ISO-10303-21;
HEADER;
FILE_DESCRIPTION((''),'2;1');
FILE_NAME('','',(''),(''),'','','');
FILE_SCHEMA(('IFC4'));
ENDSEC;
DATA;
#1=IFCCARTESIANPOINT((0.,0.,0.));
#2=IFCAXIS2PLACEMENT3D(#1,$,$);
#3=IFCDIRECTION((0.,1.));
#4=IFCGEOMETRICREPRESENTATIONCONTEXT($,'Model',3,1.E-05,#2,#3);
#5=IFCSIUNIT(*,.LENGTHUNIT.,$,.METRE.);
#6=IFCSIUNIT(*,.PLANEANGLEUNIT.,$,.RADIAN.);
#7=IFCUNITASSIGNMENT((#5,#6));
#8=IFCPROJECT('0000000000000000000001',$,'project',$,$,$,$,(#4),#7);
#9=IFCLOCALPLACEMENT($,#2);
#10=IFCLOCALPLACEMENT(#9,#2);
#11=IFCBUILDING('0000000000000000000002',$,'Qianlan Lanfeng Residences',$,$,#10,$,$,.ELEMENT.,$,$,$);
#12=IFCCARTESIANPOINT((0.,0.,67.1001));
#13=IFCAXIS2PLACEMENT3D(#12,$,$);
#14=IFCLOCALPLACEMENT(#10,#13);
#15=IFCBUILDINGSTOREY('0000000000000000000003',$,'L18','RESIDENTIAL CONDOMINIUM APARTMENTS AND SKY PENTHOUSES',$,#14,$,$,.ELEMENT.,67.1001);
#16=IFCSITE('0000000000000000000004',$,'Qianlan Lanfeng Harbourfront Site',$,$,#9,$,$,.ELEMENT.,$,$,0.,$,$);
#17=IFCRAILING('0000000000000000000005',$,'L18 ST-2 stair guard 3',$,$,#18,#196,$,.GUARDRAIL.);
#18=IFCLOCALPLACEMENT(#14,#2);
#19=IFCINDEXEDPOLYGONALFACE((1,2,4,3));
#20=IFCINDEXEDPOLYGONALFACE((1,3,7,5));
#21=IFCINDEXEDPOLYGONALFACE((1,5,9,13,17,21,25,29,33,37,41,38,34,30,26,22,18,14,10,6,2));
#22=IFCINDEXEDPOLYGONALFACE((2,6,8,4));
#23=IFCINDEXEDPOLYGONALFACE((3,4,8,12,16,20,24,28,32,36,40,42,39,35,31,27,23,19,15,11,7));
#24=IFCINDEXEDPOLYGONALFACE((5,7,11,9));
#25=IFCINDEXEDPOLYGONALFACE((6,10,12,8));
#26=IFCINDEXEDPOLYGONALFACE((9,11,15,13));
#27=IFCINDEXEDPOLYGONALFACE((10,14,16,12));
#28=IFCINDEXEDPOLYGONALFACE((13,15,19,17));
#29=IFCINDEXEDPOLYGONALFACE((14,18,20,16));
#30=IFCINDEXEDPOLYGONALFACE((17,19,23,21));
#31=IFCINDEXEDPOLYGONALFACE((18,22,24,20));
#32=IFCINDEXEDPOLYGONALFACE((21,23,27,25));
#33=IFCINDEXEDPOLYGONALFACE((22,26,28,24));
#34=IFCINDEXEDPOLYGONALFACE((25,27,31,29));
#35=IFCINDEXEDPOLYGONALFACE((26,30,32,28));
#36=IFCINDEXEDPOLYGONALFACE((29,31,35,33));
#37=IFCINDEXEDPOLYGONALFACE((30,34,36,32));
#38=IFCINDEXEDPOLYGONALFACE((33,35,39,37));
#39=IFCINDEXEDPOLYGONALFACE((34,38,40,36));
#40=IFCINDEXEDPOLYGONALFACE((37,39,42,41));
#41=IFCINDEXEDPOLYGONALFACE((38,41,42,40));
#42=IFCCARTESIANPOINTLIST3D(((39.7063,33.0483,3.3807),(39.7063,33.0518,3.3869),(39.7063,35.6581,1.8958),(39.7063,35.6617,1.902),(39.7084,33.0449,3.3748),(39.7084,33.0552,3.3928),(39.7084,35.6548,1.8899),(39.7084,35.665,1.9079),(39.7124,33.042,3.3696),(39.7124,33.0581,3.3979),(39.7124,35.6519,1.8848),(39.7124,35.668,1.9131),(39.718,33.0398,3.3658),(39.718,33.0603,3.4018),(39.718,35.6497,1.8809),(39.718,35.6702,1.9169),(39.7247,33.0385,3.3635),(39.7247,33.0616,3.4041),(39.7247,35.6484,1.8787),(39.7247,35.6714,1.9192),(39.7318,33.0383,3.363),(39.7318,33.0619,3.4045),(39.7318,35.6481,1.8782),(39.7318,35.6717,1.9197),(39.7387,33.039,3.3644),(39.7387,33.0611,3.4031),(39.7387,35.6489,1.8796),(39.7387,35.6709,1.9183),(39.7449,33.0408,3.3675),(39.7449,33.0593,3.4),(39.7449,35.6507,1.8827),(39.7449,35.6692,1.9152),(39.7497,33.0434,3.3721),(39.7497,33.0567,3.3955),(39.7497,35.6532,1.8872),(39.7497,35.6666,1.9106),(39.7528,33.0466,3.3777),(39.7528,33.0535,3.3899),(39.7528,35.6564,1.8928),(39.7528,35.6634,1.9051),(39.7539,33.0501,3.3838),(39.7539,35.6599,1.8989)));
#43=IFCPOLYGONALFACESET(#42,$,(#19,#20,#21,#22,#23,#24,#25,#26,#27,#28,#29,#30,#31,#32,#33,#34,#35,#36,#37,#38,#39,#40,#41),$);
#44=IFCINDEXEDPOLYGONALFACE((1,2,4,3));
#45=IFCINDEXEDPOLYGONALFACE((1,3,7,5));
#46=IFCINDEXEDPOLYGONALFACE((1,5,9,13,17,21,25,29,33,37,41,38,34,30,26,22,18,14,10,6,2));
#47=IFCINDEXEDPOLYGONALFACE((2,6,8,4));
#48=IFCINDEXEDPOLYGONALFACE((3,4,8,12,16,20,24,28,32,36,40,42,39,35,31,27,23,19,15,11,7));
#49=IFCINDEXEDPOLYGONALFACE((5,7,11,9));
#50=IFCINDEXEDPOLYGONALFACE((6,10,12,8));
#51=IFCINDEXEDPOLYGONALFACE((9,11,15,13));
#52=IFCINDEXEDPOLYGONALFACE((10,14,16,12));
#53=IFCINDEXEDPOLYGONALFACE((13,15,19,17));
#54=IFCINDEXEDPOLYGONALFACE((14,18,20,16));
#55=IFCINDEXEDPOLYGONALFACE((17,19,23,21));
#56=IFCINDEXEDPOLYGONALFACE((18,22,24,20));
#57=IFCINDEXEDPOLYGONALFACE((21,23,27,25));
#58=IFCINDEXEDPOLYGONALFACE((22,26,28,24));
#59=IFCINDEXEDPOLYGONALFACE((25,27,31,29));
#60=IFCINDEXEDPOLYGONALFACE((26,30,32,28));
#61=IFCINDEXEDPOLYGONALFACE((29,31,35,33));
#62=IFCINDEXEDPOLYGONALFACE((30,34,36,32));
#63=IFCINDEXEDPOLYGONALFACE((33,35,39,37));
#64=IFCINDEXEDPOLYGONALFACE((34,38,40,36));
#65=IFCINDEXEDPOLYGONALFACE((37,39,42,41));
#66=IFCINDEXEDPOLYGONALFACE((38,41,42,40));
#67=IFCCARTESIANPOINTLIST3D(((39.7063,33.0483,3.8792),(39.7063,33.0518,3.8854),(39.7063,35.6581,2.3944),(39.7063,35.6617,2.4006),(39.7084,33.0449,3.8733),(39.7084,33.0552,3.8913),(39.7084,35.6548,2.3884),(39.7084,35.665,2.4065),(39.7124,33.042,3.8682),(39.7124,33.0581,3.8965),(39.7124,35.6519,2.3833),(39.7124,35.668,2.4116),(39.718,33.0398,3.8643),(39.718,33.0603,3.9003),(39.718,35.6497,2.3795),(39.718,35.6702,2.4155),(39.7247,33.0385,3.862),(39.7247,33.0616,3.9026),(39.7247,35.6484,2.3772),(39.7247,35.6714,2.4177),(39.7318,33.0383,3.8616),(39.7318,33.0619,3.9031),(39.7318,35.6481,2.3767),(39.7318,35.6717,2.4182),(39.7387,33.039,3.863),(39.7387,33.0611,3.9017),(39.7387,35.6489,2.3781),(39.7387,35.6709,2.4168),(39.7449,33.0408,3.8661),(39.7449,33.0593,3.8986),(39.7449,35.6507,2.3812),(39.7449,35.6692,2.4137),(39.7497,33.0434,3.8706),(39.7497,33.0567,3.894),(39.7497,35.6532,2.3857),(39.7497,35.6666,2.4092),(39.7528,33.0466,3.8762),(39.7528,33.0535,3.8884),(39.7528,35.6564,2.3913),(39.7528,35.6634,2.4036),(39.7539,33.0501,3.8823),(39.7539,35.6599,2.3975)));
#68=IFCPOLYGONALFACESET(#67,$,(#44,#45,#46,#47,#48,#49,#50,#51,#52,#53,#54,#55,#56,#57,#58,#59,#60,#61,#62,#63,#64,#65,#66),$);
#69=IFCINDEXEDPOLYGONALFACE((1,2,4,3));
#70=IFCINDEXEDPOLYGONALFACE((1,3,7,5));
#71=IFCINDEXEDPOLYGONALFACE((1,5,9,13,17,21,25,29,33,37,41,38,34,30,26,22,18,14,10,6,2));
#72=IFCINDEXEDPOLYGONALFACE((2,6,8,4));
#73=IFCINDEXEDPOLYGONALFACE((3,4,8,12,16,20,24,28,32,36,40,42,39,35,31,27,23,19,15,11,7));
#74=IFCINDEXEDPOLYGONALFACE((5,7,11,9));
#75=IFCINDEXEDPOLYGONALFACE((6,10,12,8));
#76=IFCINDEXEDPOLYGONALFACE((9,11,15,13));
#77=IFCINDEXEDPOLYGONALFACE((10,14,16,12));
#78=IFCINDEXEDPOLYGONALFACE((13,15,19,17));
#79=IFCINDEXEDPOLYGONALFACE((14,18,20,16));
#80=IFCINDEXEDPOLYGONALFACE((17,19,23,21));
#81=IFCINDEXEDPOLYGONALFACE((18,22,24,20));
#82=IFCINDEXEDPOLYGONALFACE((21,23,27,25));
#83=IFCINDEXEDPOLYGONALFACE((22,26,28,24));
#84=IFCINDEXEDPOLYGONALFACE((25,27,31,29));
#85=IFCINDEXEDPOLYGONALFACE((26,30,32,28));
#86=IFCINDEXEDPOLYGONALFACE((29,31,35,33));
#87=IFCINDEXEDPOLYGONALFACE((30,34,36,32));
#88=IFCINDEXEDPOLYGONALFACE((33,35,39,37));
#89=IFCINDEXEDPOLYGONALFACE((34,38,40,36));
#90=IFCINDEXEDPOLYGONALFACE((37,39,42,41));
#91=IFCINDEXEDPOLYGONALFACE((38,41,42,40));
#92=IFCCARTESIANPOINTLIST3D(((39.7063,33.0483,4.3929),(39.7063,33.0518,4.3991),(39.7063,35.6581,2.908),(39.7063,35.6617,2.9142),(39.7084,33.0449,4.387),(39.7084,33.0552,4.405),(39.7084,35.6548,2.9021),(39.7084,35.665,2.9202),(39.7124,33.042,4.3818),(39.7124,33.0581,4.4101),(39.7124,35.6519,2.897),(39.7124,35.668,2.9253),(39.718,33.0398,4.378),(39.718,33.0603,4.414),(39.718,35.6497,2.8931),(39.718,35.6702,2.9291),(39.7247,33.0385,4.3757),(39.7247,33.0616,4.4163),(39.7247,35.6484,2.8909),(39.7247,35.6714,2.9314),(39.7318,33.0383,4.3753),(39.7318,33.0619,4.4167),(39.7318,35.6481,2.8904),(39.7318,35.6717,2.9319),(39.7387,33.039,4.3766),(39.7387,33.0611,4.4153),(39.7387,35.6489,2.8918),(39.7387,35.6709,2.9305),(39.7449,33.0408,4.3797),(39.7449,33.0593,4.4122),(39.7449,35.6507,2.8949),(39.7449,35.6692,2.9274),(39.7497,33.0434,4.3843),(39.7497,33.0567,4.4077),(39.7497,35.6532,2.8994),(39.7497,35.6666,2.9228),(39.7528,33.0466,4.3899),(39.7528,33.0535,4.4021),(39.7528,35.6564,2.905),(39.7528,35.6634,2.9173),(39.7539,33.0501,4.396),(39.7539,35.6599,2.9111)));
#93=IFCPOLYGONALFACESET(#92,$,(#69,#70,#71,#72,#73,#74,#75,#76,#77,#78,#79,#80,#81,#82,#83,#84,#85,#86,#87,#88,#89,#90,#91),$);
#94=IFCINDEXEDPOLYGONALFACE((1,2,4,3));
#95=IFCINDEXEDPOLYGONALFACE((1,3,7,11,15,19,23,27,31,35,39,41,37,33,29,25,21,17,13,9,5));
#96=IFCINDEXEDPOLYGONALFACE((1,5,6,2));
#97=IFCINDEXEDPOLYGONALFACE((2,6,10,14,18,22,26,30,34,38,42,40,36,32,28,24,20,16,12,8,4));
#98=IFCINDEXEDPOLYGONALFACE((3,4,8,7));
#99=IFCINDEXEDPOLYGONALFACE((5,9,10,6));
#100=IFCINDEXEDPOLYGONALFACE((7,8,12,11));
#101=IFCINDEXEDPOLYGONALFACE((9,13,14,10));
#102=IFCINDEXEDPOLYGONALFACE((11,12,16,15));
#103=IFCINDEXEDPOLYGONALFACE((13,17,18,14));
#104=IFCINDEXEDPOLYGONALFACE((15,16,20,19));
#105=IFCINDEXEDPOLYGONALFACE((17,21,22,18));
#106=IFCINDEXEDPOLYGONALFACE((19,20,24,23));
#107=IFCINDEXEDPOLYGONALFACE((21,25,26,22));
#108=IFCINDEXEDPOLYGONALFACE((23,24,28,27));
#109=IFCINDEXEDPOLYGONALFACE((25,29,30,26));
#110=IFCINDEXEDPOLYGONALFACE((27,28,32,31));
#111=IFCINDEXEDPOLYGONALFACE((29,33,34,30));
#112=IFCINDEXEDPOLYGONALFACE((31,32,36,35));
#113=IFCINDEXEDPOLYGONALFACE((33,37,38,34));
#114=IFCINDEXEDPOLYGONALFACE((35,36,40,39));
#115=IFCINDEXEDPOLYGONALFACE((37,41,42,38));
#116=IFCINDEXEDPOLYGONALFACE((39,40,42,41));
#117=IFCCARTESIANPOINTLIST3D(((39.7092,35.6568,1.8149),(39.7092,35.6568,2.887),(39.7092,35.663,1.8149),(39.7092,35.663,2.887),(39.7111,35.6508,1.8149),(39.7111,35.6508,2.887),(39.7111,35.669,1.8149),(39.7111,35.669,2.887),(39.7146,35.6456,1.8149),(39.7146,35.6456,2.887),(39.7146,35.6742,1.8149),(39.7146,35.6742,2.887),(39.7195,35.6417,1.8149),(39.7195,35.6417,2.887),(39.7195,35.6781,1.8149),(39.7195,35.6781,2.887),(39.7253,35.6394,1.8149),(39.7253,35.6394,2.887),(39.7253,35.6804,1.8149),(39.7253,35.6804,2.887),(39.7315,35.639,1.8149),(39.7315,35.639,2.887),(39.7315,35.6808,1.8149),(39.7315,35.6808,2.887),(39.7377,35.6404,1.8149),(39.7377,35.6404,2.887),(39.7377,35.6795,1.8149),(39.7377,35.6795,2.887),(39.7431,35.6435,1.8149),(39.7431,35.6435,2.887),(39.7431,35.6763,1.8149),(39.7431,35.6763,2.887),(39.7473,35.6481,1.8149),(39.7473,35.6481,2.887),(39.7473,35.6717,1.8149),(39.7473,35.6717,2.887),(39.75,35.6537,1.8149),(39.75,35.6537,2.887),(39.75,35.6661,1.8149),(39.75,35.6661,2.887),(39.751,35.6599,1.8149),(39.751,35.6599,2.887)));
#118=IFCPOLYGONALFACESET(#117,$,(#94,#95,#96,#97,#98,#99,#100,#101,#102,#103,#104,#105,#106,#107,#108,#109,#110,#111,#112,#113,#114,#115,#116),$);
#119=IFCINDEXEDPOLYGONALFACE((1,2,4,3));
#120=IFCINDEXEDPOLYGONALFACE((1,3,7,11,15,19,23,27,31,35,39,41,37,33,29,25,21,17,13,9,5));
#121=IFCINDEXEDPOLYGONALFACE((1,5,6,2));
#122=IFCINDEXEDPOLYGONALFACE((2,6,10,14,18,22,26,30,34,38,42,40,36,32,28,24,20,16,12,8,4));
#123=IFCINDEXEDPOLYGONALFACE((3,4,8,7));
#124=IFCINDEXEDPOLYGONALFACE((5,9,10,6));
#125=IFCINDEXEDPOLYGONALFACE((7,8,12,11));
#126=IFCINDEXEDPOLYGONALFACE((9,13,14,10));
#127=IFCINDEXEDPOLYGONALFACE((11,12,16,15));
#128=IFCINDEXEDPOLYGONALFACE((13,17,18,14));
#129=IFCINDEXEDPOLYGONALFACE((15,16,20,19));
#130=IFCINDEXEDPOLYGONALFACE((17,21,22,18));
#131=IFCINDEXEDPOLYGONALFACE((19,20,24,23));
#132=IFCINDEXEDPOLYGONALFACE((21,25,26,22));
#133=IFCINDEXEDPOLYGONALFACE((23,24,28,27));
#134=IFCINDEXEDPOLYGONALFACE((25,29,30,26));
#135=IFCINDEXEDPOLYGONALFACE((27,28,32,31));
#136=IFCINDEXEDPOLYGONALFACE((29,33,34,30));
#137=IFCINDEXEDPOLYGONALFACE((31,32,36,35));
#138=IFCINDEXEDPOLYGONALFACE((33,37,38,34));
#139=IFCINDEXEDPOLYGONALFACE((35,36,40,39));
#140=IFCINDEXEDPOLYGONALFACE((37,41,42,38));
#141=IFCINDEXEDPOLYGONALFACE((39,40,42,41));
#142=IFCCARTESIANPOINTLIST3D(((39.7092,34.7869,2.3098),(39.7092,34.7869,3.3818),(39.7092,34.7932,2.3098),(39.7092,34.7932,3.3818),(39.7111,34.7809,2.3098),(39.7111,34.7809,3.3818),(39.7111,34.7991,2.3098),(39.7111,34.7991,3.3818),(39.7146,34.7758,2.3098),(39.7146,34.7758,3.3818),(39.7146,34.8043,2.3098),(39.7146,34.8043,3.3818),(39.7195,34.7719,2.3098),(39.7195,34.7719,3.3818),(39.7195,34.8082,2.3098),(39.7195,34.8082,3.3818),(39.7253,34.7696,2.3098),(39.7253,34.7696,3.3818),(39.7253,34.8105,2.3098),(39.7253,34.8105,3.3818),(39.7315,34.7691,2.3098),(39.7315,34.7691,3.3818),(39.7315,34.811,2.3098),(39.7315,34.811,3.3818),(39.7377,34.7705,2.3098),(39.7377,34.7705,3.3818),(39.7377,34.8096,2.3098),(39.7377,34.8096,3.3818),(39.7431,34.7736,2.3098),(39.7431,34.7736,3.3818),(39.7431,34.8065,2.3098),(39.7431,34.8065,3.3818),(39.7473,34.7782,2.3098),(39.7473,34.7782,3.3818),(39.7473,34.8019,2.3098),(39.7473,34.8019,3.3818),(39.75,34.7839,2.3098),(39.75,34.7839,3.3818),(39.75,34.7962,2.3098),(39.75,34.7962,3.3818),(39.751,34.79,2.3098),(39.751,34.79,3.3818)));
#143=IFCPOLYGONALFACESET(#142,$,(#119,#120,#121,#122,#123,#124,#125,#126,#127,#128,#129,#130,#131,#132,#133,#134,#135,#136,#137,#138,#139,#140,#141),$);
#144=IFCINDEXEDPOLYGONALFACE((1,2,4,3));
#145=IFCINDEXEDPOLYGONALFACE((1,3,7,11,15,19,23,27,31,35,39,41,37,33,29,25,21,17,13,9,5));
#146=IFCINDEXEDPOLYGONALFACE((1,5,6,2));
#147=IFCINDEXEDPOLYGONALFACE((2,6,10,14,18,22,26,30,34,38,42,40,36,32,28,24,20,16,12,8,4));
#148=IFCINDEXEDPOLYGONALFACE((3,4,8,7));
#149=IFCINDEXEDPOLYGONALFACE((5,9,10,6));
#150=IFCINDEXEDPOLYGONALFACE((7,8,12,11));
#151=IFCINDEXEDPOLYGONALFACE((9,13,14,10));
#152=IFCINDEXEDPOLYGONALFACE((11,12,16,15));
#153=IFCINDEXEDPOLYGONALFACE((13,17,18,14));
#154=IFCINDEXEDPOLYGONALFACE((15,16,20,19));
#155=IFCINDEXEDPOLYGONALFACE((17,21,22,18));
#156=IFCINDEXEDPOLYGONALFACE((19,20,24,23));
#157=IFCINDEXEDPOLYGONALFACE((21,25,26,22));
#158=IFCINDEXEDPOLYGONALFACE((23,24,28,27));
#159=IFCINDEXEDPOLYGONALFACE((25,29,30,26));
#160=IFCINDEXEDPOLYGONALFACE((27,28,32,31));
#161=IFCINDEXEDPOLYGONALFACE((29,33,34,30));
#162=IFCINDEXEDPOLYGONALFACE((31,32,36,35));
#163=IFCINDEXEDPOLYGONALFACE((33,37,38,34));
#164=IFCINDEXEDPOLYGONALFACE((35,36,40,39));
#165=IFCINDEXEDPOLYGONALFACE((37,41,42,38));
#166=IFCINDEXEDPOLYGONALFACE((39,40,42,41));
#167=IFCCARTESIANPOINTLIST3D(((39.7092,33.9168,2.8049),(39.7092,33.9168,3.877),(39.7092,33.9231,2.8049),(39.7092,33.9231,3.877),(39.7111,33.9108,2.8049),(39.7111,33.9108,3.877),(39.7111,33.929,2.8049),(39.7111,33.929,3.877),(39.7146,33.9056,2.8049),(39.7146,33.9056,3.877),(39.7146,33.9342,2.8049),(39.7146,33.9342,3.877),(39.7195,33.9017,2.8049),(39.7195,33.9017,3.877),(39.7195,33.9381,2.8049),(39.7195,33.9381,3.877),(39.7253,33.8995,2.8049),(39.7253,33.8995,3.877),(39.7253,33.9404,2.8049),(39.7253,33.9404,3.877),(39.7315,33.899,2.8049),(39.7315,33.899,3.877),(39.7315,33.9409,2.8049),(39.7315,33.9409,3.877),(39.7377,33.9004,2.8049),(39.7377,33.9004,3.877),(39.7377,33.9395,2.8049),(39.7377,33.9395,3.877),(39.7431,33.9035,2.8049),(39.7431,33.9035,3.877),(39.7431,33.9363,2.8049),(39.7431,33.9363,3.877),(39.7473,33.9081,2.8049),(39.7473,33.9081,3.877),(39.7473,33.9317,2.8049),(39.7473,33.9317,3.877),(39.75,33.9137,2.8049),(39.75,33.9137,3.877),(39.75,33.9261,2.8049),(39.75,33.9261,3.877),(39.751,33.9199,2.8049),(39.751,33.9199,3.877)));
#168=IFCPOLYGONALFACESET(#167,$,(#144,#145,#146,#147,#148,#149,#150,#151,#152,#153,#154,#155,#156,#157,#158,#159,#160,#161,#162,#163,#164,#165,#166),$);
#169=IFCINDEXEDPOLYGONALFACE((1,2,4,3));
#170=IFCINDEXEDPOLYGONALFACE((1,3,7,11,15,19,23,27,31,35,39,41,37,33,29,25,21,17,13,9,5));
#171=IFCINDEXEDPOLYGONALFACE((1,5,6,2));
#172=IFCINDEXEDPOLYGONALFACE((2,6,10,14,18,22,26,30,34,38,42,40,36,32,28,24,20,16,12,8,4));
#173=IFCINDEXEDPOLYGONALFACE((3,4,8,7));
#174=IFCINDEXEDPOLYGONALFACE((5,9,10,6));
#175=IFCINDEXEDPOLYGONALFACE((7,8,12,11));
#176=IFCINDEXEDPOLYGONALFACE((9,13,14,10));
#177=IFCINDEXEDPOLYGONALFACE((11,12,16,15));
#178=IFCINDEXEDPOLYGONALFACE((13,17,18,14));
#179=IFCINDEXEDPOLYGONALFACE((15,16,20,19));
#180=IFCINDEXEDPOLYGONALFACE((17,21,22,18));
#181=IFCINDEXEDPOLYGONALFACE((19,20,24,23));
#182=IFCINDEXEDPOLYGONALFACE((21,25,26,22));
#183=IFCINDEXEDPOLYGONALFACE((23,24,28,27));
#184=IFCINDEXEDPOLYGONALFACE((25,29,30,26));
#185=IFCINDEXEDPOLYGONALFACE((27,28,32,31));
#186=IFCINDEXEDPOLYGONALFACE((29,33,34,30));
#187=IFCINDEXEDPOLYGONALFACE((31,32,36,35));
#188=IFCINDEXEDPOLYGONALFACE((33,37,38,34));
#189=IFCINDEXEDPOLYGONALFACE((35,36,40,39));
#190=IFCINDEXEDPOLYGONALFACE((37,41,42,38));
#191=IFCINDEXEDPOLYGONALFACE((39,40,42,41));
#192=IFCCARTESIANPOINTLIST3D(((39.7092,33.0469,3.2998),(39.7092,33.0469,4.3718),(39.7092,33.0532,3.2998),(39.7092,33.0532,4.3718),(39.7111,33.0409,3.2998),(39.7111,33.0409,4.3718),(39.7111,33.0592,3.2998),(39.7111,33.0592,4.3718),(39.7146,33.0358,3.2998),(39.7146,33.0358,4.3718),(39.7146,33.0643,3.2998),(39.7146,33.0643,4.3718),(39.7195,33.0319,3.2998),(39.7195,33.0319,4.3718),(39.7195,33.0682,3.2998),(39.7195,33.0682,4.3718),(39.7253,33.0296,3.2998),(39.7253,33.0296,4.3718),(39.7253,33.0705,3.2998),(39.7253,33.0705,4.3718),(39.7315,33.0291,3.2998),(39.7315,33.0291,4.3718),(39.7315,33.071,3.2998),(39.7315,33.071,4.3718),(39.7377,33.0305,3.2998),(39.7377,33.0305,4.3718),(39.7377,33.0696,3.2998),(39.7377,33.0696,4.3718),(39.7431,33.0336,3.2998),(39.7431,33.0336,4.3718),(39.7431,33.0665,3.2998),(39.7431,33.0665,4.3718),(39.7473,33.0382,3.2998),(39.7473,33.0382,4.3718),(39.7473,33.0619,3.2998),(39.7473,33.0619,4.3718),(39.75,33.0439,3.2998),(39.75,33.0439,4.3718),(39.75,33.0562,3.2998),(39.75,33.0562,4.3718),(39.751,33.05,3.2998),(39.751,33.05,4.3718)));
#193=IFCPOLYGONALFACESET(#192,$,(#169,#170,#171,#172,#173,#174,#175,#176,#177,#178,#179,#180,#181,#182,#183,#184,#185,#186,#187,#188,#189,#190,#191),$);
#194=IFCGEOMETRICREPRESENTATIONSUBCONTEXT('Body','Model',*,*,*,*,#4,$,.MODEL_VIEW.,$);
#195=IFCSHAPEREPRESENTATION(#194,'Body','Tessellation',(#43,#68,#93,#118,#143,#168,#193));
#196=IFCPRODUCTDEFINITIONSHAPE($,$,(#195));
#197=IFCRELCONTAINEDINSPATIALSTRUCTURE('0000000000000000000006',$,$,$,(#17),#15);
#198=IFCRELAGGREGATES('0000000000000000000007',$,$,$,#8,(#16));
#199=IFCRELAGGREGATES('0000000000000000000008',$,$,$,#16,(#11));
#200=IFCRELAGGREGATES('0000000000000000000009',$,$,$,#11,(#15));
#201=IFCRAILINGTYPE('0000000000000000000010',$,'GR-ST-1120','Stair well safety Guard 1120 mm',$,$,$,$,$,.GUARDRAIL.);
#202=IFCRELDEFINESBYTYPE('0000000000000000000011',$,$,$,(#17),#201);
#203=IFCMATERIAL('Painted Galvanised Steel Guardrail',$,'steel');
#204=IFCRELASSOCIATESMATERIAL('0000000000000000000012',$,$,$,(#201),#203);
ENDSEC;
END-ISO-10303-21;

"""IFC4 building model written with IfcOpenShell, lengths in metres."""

from ifc_helpers import new_model, si_unit, direction, frame, origin, origin_2d, place, context, subcontext, project, spatial, circle, extrude, material, type_object, element, save


model = new_model("IFC4")

# Units and contexts
model_context = context("Model", 3, precision=1e-05, world=origin(), true_north=direction((0.0, 1.0)))
body_context = subcontext(model_context, "Body", "Model", "MODEL_VIEW")
ifc_project = project(units=[si_unit("LENGTHUNIT", "METRE"), si_unit("PLANEANGLEUNIT", "RADIAN")], contexts=[model_context])

# Site, building, storey
site_placement = place(None, origin())
site = spatial("IfcSite", under=ifc_project, at=site_placement, Name="Qianlan Lanfeng Harbourfront Site", CompositionType="ELEMENT", RefElevation=0.0)
building_placement = place(site_placement, origin())
building = spatial("IfcBuilding", under=site, at=building_placement, Name="Qianlan Lanfeng Residences", CompositionType="ELEMENT")
storey_placement = place(building_placement, frame((0.0, 0.0, 67.1001)))
storey = spatial("IfcBuildingStorey", under=building, at=storey_placement, Name="L18", Description="RESIDENTIAL CONDOMINIUM APARTMENTS AND SKY PENTHOUSES", CompositionType="ELEMENT", Elevation=67.1001)

# Railing
ifc_material_1 = material(Name="Painted Galvanised Steel Guardrail", Category="steel")
railing_type_1 = type_object("IfcRailingType", Name="GR-ST-1120", Description="Stair well safety Guard 1120 mm", PredefinedType="GUARDRAIL", material=ifc_material_1)
railing_1_placement = place(storey_placement, frame((39.73, 35.6599, 1.8149)))
element("IfcRailing", 1, at=railing_1_placement, inside=storey, type_object=railing_type_1, Name="L18 ST-2 stair guard 3", PredefinedType="GUARDRAIL", context=body_context, shape_type="SweptSolid", body=[
    extrude(circle(Radius=0.0239, at=origin_2d()), frame((0.0, 0.0, 0.084), z_axis=(0.0, -0.869172, 0.494509), x_axis=(1.0, 0.0, 0.0)), (0.0, 0.0, 1.0), 3.0027),
    extrude(circle(Radius=0.0239, at=origin_2d()), frame((0.0, 0.0, 0.5825), z_axis=(0.0, -0.869172, 0.494509), x_axis=(1.0, 0.0, 0.0)), (0.0, 0.0, 1.0), 3.0027),
    extrude(circle(Radius=0.0239, at=origin_2d()), frame((0.0, 0.0, 1.0962), z_axis=(0.0, -0.869172, 0.494509), x_axis=(1.0, 0.0, 0.0)), (0.0, 0.0, 1.0), 3.0027),
    extrude(circle(Radius=0.021, at=origin_2d()), origin(), (0.0, 0.0, 1.0), 1.072),
    extrude(circle(Radius=0.021, at=origin_2d()), frame((0.0, -0.8699, 0.4949)), (0.0, 0.0, 1.0), 1.072),
    extrude(circle(Radius=0.021, at=origin_2d()), frame((0.0, -1.74, 0.99)), (0.0, 0.0, 1.0), 1.072),
    extrude(circle(Radius=0.021, at=origin_2d()), frame((0.0, -2.6099, 1.4849)), (0.0, 0.0, 1.0), 1.072),
])

save(model, "model.ifc")
